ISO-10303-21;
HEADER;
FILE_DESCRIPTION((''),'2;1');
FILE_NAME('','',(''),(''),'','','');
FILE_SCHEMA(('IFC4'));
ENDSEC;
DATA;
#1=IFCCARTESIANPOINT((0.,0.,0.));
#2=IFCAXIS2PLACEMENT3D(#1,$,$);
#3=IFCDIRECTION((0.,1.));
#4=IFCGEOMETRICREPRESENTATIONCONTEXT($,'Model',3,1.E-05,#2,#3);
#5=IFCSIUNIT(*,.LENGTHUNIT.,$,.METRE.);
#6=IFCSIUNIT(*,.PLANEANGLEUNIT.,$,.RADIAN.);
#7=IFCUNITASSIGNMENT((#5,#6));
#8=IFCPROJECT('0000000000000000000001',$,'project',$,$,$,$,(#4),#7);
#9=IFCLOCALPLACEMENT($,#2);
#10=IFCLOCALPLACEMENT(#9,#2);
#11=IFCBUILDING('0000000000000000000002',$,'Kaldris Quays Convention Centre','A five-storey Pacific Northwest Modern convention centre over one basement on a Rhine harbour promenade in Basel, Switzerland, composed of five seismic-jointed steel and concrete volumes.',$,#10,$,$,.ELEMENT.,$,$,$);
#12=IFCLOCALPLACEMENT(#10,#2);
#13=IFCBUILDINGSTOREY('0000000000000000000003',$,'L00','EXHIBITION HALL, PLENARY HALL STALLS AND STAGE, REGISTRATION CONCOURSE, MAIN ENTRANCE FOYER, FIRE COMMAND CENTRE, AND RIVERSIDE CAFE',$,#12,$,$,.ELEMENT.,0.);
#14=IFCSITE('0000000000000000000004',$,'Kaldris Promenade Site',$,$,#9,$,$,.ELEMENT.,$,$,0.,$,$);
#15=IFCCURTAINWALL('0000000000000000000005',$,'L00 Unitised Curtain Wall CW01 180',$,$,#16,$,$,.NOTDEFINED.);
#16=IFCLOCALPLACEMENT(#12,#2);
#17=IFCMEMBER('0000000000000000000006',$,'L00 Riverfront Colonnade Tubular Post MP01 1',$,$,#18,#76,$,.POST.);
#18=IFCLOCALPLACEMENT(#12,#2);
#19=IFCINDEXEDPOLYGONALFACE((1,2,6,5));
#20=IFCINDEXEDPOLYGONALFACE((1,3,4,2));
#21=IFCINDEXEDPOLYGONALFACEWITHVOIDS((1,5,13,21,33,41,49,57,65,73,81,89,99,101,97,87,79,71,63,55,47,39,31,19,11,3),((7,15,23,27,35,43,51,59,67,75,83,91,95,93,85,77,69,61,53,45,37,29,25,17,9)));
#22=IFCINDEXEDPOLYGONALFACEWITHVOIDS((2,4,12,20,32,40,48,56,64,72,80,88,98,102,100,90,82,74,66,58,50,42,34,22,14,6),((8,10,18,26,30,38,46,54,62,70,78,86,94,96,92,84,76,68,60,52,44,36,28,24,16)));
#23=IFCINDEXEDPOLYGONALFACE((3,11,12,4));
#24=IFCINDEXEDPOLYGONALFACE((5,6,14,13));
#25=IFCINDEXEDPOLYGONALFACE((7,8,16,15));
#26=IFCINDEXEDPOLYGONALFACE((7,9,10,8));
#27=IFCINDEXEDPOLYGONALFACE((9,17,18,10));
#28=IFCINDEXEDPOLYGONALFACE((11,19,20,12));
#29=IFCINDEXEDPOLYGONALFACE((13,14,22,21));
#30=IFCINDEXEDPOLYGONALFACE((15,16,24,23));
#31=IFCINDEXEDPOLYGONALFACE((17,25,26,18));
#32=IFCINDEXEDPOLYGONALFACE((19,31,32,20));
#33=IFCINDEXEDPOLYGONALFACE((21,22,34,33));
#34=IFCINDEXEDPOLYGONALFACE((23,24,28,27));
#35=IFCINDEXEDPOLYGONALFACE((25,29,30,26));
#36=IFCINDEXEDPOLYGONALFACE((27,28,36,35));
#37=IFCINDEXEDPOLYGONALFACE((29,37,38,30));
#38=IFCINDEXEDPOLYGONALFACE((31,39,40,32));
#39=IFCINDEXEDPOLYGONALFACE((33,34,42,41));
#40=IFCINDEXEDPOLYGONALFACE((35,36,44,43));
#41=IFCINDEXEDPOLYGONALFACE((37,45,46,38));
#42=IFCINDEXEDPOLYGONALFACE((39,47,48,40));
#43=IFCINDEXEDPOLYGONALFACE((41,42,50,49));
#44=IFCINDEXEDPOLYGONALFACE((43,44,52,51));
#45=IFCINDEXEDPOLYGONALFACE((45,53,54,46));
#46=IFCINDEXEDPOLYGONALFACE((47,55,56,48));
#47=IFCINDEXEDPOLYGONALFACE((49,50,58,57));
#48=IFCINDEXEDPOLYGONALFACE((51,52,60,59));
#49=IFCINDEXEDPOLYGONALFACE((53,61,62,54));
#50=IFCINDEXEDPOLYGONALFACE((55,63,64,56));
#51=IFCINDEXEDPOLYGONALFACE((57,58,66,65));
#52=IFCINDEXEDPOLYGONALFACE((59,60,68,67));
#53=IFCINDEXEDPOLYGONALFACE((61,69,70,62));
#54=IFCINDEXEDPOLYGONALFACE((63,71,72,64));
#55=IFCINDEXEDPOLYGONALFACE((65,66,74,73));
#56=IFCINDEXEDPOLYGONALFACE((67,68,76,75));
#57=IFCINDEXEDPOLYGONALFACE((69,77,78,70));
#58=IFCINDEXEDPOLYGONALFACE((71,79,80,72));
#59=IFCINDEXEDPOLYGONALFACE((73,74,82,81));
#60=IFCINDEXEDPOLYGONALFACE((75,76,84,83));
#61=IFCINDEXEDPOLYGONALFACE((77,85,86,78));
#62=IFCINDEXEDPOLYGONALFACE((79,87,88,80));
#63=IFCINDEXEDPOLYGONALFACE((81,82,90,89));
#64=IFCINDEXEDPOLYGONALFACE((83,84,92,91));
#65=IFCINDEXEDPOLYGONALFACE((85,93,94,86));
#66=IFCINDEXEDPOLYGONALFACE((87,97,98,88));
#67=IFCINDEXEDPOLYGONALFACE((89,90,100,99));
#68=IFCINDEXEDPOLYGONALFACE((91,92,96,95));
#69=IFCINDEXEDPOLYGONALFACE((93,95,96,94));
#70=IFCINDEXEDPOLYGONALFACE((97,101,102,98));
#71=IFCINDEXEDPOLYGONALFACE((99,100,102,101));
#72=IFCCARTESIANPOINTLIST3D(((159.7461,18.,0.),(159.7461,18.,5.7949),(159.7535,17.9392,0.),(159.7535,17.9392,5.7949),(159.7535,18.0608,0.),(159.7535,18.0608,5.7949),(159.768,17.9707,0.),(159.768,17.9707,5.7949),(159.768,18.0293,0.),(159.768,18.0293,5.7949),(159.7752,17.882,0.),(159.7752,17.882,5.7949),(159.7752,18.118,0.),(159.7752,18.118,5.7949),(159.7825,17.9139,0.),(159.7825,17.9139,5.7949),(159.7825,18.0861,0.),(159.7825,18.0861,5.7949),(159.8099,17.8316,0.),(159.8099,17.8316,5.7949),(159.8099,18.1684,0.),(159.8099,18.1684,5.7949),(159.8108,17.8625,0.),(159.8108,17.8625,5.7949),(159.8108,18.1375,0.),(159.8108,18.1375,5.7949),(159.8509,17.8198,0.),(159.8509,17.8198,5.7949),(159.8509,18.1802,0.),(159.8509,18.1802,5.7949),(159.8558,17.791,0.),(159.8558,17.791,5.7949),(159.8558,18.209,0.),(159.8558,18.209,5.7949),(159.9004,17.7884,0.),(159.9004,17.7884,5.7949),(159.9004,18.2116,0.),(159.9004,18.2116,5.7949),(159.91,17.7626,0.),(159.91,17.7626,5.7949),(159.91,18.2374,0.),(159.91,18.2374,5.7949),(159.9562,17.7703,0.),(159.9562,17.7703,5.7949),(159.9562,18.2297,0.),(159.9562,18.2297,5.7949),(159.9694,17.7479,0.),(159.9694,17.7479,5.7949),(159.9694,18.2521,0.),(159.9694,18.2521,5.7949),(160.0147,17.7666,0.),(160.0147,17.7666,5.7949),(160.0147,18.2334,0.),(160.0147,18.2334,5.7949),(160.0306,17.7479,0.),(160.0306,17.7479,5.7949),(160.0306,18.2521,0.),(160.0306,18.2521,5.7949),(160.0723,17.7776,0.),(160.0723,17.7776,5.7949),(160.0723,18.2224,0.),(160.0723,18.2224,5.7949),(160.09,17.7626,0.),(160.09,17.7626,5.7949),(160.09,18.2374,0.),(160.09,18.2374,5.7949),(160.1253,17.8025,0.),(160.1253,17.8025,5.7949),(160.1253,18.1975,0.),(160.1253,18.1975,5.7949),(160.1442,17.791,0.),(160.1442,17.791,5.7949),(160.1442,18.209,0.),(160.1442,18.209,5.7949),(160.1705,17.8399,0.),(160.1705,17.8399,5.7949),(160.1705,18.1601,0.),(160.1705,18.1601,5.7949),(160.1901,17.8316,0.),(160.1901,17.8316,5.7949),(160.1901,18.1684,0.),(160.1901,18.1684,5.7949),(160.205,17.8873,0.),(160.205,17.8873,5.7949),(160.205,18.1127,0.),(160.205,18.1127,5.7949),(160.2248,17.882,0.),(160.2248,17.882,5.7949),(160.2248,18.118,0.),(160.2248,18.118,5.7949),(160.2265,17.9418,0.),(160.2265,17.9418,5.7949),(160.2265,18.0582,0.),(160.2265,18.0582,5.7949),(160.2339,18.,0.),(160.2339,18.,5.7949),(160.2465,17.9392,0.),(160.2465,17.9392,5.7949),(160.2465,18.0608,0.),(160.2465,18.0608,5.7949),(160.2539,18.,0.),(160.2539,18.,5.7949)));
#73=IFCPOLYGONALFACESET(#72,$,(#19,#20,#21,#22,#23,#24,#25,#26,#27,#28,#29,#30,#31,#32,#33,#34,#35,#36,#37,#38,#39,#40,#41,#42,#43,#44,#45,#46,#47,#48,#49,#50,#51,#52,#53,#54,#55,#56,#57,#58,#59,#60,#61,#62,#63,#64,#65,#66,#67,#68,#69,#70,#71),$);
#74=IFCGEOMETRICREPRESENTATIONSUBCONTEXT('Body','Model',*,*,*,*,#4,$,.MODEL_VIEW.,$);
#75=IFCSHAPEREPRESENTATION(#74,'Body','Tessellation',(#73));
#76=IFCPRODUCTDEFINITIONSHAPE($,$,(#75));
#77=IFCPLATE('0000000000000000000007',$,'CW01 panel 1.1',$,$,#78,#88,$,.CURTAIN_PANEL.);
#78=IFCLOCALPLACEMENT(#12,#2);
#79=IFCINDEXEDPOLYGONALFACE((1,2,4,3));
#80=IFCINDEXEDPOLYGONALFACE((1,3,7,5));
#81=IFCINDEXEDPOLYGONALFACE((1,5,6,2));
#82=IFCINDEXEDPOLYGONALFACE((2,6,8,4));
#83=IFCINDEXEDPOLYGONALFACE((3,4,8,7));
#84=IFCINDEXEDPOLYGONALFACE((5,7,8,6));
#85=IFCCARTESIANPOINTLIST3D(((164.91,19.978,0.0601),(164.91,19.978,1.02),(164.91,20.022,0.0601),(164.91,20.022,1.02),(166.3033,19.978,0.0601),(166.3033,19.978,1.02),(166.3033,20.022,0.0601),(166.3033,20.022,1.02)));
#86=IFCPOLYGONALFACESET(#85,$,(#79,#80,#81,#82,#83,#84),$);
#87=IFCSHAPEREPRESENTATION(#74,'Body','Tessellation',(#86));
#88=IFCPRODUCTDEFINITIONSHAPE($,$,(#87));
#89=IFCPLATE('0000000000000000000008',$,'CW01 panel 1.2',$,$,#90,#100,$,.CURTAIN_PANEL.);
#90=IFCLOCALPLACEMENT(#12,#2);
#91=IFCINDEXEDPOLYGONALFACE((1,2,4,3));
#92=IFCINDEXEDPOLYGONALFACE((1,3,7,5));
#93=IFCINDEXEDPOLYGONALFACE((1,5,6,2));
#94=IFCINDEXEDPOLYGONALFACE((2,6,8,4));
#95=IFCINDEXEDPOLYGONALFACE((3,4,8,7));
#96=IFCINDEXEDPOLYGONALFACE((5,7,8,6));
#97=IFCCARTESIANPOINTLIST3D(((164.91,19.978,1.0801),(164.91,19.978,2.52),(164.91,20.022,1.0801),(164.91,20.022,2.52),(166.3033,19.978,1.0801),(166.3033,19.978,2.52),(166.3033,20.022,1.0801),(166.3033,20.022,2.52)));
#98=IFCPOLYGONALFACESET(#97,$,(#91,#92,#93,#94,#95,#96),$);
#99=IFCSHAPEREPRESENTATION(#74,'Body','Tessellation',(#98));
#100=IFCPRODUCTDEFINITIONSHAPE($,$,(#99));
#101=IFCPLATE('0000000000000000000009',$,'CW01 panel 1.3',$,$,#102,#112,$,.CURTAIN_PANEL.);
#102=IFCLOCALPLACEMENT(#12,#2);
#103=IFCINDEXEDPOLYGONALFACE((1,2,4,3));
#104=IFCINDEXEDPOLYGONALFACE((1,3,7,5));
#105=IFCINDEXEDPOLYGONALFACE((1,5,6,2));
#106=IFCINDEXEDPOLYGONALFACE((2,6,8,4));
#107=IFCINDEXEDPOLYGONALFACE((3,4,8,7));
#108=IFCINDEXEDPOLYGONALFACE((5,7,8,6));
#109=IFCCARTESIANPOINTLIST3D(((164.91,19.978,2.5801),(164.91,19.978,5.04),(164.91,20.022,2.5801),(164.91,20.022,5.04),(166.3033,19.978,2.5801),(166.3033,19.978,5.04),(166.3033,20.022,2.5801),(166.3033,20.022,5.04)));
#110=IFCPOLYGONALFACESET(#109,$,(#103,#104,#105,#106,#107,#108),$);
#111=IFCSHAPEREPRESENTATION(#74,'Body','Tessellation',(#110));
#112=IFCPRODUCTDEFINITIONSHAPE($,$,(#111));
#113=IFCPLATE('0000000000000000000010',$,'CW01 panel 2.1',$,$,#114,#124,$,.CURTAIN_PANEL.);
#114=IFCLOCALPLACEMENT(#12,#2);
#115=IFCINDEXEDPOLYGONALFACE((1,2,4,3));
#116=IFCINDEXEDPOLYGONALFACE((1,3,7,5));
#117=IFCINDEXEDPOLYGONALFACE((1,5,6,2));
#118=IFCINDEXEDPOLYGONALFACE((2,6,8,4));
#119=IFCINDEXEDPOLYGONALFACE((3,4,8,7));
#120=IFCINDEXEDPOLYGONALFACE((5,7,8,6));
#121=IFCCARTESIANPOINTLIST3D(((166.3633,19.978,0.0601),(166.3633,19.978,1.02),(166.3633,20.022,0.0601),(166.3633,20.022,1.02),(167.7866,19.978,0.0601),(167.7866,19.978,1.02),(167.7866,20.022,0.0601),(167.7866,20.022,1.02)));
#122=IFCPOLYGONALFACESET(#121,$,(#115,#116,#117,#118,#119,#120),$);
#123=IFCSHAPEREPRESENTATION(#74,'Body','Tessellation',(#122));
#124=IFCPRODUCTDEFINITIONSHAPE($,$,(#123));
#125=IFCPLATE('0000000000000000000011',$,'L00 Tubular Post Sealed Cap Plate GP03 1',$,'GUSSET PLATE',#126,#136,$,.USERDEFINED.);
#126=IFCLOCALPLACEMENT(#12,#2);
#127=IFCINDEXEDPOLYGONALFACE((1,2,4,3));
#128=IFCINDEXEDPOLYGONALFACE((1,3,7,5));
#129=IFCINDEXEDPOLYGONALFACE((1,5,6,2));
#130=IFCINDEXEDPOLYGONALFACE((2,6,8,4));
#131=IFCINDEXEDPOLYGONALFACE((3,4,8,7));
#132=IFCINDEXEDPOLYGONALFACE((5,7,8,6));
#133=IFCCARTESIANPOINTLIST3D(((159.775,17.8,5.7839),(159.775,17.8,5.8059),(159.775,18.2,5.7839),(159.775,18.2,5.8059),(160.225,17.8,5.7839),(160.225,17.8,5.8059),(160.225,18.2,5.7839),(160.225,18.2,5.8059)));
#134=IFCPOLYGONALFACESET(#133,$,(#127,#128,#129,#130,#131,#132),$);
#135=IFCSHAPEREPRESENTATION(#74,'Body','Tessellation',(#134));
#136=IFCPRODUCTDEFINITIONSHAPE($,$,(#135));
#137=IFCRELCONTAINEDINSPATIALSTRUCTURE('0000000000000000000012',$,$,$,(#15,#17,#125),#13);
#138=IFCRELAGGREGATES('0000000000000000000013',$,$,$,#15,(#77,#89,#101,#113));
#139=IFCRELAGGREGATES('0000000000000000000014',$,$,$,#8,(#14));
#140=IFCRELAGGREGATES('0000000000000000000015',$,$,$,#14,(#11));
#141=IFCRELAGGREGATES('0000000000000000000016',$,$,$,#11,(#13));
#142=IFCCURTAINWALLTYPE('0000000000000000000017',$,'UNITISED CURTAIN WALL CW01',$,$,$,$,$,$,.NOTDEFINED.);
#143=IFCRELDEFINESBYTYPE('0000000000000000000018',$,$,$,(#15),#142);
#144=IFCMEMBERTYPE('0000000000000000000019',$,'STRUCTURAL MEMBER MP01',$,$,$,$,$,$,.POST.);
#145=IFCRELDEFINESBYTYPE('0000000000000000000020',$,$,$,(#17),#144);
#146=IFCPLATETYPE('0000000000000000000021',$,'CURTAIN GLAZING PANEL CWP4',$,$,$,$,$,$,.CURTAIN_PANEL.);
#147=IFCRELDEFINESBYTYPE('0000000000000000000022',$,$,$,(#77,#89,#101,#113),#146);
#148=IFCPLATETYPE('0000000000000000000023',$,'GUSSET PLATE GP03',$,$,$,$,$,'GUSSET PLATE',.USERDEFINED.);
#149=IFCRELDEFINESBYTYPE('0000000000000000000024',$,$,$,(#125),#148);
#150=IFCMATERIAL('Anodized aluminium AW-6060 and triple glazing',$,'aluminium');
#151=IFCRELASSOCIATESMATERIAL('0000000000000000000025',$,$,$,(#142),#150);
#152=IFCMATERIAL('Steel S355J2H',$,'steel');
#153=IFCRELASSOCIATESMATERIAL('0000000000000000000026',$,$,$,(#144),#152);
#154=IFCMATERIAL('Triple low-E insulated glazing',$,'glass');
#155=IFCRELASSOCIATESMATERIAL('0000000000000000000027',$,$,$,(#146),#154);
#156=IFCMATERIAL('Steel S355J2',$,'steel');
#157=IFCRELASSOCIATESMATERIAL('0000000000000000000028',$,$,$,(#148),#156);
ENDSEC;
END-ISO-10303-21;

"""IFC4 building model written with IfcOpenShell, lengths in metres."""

from ifc_helpers import new_model, si_unit, direction, frame, origin, origin_2d, place, context, subcontext, project, spatial, rectangle, hollow_circle, extrude, material, material_profile, profile_set, type_object, element, aggregate, save


model = new_model("IFC4")

# Units and contexts
model_context = context("Model", 3, precision=1e-05, world=origin(), true_north=direction((0.0, 1.0)))
body_context = subcontext(model_context, "Body", "Model", "MODEL_VIEW")
ifc_project = project(units=[si_unit("LENGTHUNIT", "METRE"), si_unit("PLANEANGLEUNIT", "RADIAN")], contexts=[model_context])

# Site, building, storey
site_placement = place(None, origin())
site = spatial("IfcSite", under=ifc_project, at=site_placement, Name="Kaldris Promenade Site", CompositionType="ELEMENT", RefElevation=0.0)
building_placement = place(site_placement, origin())
building = spatial("IfcBuilding", under=site, at=building_placement, Name="Kaldris Quays Convention Centre", Description="A five-storey Pacific Northwest Modern convention centre over one basement on a Rhine harbour promenade in Basel, Switzerland, composed of five seismic-jointed steel and concrete volumes.", CompositionType="ELEMENT")
storey_placement = place(building_placement, origin())
storey = spatial("IfcBuildingStorey", under=building, at=storey_placement, Name="L00", Description="EXHIBITION HALL, PLENARY HALL STALLS AND STAGE, REGISTRATION CONCOURSE, MAIN ENTRANCE FOYER, FIRE COMMAND CENTRE, AND RIVERSIDE CAFE", CompositionType="ELEMENT", Elevation=0.0)

# Shared definitions
ifc_material_1 = material(Name="Steel S355J2", Category="steel")

# Curtain wall
ifc_material_2 = material(Name="Anodized aluminium AW-6060 and triple glazing", Category="aluminium")
curtain_wall_type = type_object("IfcCurtainWallType", Name="UNITISED CURTAIN WALL CW01", PredefinedType="NOTDEFINED", material=ifc_material_2)
curtain_wall_placement = place(storey_placement, origin())
curtain_wall = element("IfcCurtainWall", 1, at=curtain_wall_placement, inside=storey, type_object=curtain_wall_type, Name="L00 Unitised Curtain Wall CW01 180", PredefinedType="NOTDEFINED")

# Member
ifc_material_3 = material(Name="Steel S355J2H", Category="steel")
ifc_material_profile_1 = material_profile(ifc_material_3, hollow_circle(Radius=0.2539, WallThickness=0.02, at=origin_2d()), Name="CHS 508x20")
ifc_profile_set_1 = profile_set([ifc_material_profile_1], Name="Steel S355J2H")
member_type_1 = type_object("IfcMemberType", Name="STRUCTURAL MEMBER MP01", PredefinedType="POST", material=ifc_profile_set_1)
member_1_placement = place(storey_placement, frame((160.0, 18.0, 0.0), z_axis=(0.0, 0.0, 1.0), x_axis=(1.0, 0.0, 0.0)))
element("IfcMember", 2, at=member_1_placement, inside=storey, type_object=member_type_1, Name="L00 Riverfront Colonnade Tubular Post MP01 1", PredefinedType="POST", context=body_context, shape_type="SweptSolid", body=[
    extrude(hollow_circle(Radius=0.2539, WallThickness=0.02, at=origin_2d()), origin(), (0.0, 0.0, 1.0), 5.7949),
])

# Plates
ifc_material_4 = material(Name="Triple low-E insulated glazing", Category="glass")
plate_type_1 = type_object("IfcPlateType", Name="CURTAIN GLAZING PANEL CWP4", PredefinedType="CURTAIN_PANEL", material=ifc_material_4)
plate_1_placement = place(storey_placement, frame((165.6067, 20.0, 0.0601), z_axis=(0.0, 0.0, 1.0), x_axis=(1.0, 0.0, 0.0)))
plate_1 = element("IfcPlate", 3, at=plate_1_placement, type_object=plate_type_1, Name="CW01 panel 1.1", PredefinedType="CURTAIN_PANEL", context=body_context, shape_type="SweptSolid", body=[
    extrude(rectangle(XDim=1.3933, YDim=0.0439, at=origin_2d()), origin(), (0.0, 0.0, 1.0), 0.96),
])
plate_2_placement = place(storey_placement, frame((165.6067, 20.0, 1.0801), z_axis=(0.0, 0.0, 1.0), x_axis=(1.0, 0.0, 0.0)))
plate_2 = element("IfcPlate", 4, at=plate_2_placement, type_object=plate_type_1, Name="CW01 panel 1.2", PredefinedType="CURTAIN_PANEL", context=body_context, shape_type="SweptSolid", body=[
    extrude(rectangle(XDim=1.3933, YDim=0.0439, at=origin_2d()), origin(), (0.0, 0.0, 1.0), 1.4399),
])
plate_3_placement = place(storey_placement, frame((165.6067, 20.0, 2.5801), z_axis=(0.0, 0.0, 1.0), x_axis=(1.0, 0.0, 0.0)))
plate_3 = element("IfcPlate", 5, at=plate_3_placement, type_object=plate_type_1, Name="CW01 panel 1.3", PredefinedType="CURTAIN_PANEL", context=body_context, shape_type="SweptSolid", body=[
    extrude(rectangle(XDim=1.3933, YDim=0.0439, at=origin_2d()), origin(), (0.0, 0.0, 1.0), 2.46),
])
plate_4_placement = place(storey_placement, frame((167.075, 20.0, 0.0601), z_axis=(0.0, 0.0, 1.0), x_axis=(1.0, 0.0, 0.0)))
plate_4 = element("IfcPlate", 6, at=plate_4_placement, type_object=plate_type_1, Name="CW01 panel 2.1", PredefinedType="CURTAIN_PANEL", context=body_context, shape_type="SweptSolid", body=[
    extrude(rectangle(XDim=1.4233, YDim=0.0439, at=origin_2d()), origin(), (0.0, 0.0, 1.0), 0.96),
])
aggregate(curtain_wall, [plate_1, plate_2, plate_3, plate_4])
plate_type_2 = type_object("IfcPlateType", Name="GUSSET PLATE GP03", ElementType="GUSSET PLATE", PredefinedType="USERDEFINED", material=ifc_material_1)
plate_5_placement = place(storey_placement, frame((160.0, 18.0, 5.7839), z_axis=(0.0, 0.0, 1.0), x_axis=(1.0, 0.0, 0.0)))
element("IfcPlate", 7, at=plate_5_placement, inside=storey, type_object=plate_type_2, Name="L00 Tubular Post Sealed Cap Plate GP03 1", ObjectType="GUSSET PLATE", PredefinedType="USERDEFINED", context=body_context, shape_type="SweptSolid", body=[
    extrude(rectangle(XDim=0.45, YDim=0.3999, at=origin_2d()), origin(), (0.0, 0.0, 1.0), 0.022),
])

save(model, "model.ifc")
